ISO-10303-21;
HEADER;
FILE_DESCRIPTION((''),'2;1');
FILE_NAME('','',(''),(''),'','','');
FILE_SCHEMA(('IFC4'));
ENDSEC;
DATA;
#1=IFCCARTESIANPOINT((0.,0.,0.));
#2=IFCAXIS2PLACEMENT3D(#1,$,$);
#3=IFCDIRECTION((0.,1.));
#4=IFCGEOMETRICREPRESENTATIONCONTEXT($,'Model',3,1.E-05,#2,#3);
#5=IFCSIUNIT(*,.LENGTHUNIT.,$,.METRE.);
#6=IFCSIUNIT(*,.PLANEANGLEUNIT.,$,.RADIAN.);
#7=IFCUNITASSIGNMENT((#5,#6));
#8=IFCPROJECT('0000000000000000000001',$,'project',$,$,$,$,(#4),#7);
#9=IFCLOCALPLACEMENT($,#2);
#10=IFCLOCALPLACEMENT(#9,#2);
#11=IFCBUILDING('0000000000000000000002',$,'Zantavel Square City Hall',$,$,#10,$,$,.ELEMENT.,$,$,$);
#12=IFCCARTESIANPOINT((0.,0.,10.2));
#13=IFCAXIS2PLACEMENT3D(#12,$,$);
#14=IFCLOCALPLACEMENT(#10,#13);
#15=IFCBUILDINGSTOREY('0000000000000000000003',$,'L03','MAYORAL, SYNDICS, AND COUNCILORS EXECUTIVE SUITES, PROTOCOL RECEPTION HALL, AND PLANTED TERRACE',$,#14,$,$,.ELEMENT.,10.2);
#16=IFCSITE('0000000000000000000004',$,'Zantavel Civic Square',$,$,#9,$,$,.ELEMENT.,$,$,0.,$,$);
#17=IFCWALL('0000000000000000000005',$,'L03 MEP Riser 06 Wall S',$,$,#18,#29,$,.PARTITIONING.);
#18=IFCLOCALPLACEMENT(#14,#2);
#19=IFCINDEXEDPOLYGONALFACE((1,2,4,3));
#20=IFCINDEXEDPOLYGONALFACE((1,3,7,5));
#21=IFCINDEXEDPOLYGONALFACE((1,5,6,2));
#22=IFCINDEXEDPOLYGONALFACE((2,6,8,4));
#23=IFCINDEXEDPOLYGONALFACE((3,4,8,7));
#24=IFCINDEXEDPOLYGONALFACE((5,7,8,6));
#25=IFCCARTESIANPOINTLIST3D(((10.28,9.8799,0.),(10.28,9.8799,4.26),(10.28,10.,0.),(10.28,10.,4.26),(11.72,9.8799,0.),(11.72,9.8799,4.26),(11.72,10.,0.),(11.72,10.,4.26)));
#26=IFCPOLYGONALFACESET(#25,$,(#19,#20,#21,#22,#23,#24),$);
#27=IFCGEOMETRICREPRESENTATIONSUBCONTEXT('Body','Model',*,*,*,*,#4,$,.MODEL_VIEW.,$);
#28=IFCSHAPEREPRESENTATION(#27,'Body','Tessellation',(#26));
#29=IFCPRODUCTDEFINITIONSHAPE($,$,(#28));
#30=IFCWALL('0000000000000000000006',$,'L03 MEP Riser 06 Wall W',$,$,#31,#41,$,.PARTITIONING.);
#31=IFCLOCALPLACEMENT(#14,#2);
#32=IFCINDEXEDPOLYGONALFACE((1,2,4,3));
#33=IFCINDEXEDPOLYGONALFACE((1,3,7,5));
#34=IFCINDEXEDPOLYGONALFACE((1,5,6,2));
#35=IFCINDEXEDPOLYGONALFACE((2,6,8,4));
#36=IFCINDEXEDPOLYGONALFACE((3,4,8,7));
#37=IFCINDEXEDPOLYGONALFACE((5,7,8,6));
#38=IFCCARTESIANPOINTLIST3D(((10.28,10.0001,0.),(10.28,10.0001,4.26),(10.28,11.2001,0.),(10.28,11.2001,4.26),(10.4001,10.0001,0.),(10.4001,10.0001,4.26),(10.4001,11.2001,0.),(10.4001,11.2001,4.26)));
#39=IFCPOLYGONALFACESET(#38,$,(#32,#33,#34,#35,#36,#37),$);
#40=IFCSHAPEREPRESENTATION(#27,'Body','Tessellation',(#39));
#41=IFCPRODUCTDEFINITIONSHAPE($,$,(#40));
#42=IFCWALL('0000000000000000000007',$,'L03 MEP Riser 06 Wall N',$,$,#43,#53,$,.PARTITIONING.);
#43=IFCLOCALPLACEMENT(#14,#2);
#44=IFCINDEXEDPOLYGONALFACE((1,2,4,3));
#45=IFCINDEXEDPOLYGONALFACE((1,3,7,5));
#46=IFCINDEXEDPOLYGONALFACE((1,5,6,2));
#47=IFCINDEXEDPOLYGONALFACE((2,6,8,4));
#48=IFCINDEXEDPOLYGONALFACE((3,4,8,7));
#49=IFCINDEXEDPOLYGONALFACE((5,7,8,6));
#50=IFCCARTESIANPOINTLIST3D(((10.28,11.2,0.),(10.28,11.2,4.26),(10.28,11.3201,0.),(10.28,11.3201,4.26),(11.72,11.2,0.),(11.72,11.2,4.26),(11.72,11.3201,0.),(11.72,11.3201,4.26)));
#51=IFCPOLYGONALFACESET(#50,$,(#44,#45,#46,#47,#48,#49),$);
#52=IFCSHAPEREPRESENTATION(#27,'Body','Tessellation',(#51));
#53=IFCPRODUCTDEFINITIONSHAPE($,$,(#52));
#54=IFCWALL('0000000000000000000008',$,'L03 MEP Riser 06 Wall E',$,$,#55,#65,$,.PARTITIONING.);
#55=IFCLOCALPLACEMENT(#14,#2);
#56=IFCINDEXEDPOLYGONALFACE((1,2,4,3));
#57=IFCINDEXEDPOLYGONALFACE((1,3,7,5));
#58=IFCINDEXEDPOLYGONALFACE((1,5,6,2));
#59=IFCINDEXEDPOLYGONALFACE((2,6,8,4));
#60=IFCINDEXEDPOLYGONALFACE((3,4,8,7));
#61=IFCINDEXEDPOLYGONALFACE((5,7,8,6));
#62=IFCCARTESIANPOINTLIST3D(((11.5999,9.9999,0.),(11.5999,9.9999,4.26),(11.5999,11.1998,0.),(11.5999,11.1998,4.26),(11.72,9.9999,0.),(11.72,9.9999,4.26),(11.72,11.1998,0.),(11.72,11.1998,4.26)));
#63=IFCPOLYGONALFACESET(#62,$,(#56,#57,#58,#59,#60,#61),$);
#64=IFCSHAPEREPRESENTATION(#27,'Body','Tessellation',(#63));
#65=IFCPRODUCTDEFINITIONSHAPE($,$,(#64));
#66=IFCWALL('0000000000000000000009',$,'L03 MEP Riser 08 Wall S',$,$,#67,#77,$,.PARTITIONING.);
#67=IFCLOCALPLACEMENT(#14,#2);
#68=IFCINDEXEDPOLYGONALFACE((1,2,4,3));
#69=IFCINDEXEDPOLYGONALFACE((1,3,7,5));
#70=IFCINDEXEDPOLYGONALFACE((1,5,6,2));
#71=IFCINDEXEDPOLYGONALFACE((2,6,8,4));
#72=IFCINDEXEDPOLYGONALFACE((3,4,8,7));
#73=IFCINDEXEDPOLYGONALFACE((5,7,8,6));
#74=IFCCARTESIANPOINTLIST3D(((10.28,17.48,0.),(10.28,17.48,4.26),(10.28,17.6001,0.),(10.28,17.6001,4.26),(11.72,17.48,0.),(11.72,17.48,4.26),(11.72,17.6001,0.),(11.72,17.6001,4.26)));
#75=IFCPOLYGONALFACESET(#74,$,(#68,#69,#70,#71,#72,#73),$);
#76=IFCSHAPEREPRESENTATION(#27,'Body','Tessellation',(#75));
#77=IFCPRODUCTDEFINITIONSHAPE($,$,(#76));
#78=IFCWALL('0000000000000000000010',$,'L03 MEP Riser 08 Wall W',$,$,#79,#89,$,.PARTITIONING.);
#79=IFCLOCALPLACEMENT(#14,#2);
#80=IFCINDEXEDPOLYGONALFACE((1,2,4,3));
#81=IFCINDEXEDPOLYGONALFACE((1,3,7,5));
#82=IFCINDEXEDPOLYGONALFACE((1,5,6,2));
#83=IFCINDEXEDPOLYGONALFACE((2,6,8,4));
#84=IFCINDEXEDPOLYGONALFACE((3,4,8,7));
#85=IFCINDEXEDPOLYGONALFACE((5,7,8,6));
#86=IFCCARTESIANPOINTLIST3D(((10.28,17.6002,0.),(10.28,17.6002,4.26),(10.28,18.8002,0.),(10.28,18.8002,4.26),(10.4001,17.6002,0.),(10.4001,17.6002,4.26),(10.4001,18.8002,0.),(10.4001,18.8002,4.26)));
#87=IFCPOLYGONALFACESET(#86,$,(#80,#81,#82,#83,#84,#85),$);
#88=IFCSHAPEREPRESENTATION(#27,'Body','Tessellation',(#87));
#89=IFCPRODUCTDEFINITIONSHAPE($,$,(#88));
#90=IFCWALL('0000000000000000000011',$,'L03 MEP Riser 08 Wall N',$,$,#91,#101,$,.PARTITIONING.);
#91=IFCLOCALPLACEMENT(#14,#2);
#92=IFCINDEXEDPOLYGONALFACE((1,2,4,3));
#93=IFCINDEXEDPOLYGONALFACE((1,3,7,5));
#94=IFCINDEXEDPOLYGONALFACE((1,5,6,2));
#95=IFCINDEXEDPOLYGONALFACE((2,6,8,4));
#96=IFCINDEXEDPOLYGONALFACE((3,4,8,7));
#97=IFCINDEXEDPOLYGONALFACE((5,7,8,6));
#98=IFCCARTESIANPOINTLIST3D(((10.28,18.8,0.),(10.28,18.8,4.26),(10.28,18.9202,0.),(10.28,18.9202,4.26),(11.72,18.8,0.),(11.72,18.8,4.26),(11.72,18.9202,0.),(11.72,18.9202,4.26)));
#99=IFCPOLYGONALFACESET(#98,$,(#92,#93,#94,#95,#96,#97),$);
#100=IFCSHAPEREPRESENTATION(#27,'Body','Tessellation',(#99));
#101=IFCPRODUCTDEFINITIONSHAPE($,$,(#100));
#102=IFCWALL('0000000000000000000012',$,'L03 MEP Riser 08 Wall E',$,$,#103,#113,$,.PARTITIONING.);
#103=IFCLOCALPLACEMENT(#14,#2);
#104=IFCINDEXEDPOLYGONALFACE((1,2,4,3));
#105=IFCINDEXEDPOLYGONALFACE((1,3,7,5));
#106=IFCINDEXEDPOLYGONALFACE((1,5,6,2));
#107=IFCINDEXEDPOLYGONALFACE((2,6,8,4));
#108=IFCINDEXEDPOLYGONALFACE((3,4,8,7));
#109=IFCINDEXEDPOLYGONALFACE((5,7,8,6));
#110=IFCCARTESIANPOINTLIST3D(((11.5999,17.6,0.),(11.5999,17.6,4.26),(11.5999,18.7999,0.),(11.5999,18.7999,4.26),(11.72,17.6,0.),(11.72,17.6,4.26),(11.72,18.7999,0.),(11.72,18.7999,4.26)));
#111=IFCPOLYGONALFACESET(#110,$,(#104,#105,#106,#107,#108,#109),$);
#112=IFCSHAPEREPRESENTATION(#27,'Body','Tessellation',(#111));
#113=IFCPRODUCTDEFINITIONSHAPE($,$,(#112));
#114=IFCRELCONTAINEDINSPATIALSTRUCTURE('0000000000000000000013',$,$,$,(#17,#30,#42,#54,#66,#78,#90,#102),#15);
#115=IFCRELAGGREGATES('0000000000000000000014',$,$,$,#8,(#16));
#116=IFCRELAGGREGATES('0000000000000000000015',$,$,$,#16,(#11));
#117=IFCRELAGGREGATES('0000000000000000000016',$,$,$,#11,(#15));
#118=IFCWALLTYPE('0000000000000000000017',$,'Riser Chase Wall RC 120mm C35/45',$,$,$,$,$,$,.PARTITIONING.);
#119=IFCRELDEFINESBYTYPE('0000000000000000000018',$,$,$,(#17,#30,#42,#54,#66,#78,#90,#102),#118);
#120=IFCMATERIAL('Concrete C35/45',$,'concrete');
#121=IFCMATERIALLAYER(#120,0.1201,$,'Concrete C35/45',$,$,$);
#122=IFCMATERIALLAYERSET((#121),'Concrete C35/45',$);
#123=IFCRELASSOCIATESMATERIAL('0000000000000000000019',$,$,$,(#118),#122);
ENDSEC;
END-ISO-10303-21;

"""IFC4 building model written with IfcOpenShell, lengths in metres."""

from ifc_helpers import new_model, si_unit, direction, frame, frame_2d, origin, place, context, subcontext, project, spatial, rectangle, extrude, material, layer, layer_set, type_object, element, save


model = new_model("IFC4")

# Units and contexts
model_context = context("Model", 3, precision=1e-05, world=origin(), true_north=direction((0.0, 1.0)))
body_context = subcontext(model_context, "Body", "Model", "MODEL_VIEW")
ifc_project = project(units=[si_unit("LENGTHUNIT", "METRE"), si_unit("PLANEANGLEUNIT", "RADIAN")], contexts=[model_context])

# Site, building, storey
site_placement = place(None, origin())
site = spatial("IfcSite", under=ifc_project, at=site_placement, Name="Zantavel Civic Square", CompositionType="ELEMENT", RefElevation=0.0)
building_placement = place(site_placement, origin())
building = spatial("IfcBuilding", under=site, at=building_placement, Name="Zantavel Square City Hall", CompositionType="ELEMENT")
storey_placement = place(building_placement, frame((0.0, 0.0, 10.2)))
storey = spatial("IfcBuildingStorey", under=building, at=storey_placement, Name="L03", Description="MAYORAL, SYNDICS, AND COUNCILORS EXECUTIVE SUITES, PROTOCOL RECEPTION HALL, AND PLANTED TERRACE", CompositionType="ELEMENT", Elevation=10.2)

# Shared definitions
ifc_material_1 = material(Name="Concrete C35/45", Category="concrete")

# Walls
ifc_layer_1 = layer(ifc_material_1, 0.1201, Name="Concrete C35/45")
ifc_layer_set_1 = layer_set([ifc_layer_1], Name="Concrete C35/45")
wall_type_1 = type_object("IfcWallType", Name="Riser Chase Wall RC 120mm C35/45", PredefinedType="PARTITIONING", material=ifc_layer_set_1)
wall_1_placement = place(storey_placement, frame((11.72, 9.9399, 0.0), z_axis=(0.0, 0.0, 1.0), x_axis=(-1.0, 0.0, 0.0)))
element("IfcWall", 1, at=wall_1_placement, inside=storey, type_object=wall_type_1, Name="L03 MEP Riser 06 Wall S", PredefinedType="PARTITIONING", context=body_context, shape_type="SweptSolid", body=[
    extrude(rectangle(XDim=1.4399, YDim=0.1201, at=frame_2d((0.72, 0.0))), origin(), (0.0, 0.0, 1.0), 4.26),
])
wall_2_placement = place(storey_placement, frame((10.3401, 10.0, 0.0), z_axis=(0.0, 0.0, 1.0), x_axis=(0.0, 1.0, 0.0)))
element("IfcWall", 2, at=wall_2_placement, inside=storey, type_object=wall_type_1, Name="L03 MEP Riser 06 Wall W", PredefinedType="PARTITIONING", context=body_context, shape_type="SweptSolid", body=[
    extrude(rectangle(XDim=1.2, YDim=0.1201, at=frame_2d((0.6001, 0.0))), origin(), (0.0, 0.0, 1.0), 4.26),
])
wall_3_placement = place(storey_placement, frame((10.28, 11.26, 0.0), z_axis=(0.0, 0.0, 1.0), x_axis=(1.0, 0.0, 0.0)))
element("IfcWall", 3, at=wall_3_placement, inside=storey, type_object=wall_type_1, Name="L03 MEP Riser 06 Wall N", PredefinedType="PARTITIONING", context=body_context, shape_type="SweptSolid", body=[
    extrude(rectangle(XDim=1.4399, YDim=0.1201, at=frame_2d((0.72, 0.0))), origin(), (0.0, 0.0, 1.0), 4.26),
])
wall_4_placement = place(storey_placement, frame((11.6599, 11.2, 0.0), z_axis=(0.0, 0.0, 1.0), x_axis=(0.0, -1.0, 0.0)))
element("IfcWall", 4, at=wall_4_placement, inside=storey, type_object=wall_type_1, Name="L03 MEP Riser 06 Wall E", PredefinedType="PARTITIONING", context=body_context, shape_type="SweptSolid", body=[
    extrude(rectangle(XDim=1.2, YDim=0.1201, at=frame_2d((0.6001, 0.0))), origin(), (0.0, 0.0, 1.0), 4.26),
])
wall_5_placement = place(storey_placement, frame((11.72, 17.54, 0.0), z_axis=(0.0, 0.0, 1.0), x_axis=(-1.0, 0.0, 0.0)))
element("IfcWall", 5, at=wall_5_placement, inside=storey, type_object=wall_type_1, Name="L03 MEP Riser 08 Wall S", PredefinedType="PARTITIONING", context=body_context, shape_type="SweptSolid", body=[
    extrude(rectangle(XDim=1.4399, YDim=0.1201, at=frame_2d((0.72, 0.0))), origin(), (0.0, 0.0, 1.0), 4.26),
])
wall_6_placement = place(storey_placement, frame((10.3401, 17.6001, 0.0), z_axis=(0.0, 0.0, 1.0), x_axis=(0.0, 1.0, 0.0)))
element("IfcWall", 6, at=wall_6_placement, inside=storey, type_object=wall_type_1, Name="L03 MEP Riser 08 Wall W", PredefinedType="PARTITIONING", context=body_context, shape_type="SweptSolid", body=[
    extrude(rectangle(XDim=1.2, YDim=0.1201, at=frame_2d((0.6001, 0.0))), origin(), (0.0, 0.0, 1.0), 4.26),
])
wall_7_placement = place(storey_placement, frame((10.28, 18.8601, 0.0), z_axis=(0.0, 0.0, 1.0), x_axis=(1.0, 0.0, 0.0)))
element("IfcWall", 7, at=wall_7_placement, inside=storey, type_object=wall_type_1, Name="L03 MEP Riser 08 Wall N", PredefinedType="PARTITIONING", context=body_context, shape_type="SweptSolid", body=[
    extrude(rectangle(XDim=1.4399, YDim=0.1201, at=frame_2d((0.72, 0.0))), origin(), (0.0, 0.0, 1.0), 4.26),
])
wall_8_placement = place(storey_placement, frame((11.6599, 18.8, 0.0), z_axis=(0.0, 0.0, 1.0), x_axis=(0.0, -1.0, 0.0)))
element("IfcWall", 8, at=wall_8_placement, inside=storey, type_object=wall_type_1, Name="L03 MEP Riser 08 Wall E", PredefinedType="PARTITIONING", context=body_context, shape_type="SweptSolid", body=[
    extrude(rectangle(XDim=1.2, YDim=0.1201, at=frame_2d((0.6001, 0.0))), origin(), (0.0, 0.0, 1.0), 4.26),
])

save(model, "model.ifc")
